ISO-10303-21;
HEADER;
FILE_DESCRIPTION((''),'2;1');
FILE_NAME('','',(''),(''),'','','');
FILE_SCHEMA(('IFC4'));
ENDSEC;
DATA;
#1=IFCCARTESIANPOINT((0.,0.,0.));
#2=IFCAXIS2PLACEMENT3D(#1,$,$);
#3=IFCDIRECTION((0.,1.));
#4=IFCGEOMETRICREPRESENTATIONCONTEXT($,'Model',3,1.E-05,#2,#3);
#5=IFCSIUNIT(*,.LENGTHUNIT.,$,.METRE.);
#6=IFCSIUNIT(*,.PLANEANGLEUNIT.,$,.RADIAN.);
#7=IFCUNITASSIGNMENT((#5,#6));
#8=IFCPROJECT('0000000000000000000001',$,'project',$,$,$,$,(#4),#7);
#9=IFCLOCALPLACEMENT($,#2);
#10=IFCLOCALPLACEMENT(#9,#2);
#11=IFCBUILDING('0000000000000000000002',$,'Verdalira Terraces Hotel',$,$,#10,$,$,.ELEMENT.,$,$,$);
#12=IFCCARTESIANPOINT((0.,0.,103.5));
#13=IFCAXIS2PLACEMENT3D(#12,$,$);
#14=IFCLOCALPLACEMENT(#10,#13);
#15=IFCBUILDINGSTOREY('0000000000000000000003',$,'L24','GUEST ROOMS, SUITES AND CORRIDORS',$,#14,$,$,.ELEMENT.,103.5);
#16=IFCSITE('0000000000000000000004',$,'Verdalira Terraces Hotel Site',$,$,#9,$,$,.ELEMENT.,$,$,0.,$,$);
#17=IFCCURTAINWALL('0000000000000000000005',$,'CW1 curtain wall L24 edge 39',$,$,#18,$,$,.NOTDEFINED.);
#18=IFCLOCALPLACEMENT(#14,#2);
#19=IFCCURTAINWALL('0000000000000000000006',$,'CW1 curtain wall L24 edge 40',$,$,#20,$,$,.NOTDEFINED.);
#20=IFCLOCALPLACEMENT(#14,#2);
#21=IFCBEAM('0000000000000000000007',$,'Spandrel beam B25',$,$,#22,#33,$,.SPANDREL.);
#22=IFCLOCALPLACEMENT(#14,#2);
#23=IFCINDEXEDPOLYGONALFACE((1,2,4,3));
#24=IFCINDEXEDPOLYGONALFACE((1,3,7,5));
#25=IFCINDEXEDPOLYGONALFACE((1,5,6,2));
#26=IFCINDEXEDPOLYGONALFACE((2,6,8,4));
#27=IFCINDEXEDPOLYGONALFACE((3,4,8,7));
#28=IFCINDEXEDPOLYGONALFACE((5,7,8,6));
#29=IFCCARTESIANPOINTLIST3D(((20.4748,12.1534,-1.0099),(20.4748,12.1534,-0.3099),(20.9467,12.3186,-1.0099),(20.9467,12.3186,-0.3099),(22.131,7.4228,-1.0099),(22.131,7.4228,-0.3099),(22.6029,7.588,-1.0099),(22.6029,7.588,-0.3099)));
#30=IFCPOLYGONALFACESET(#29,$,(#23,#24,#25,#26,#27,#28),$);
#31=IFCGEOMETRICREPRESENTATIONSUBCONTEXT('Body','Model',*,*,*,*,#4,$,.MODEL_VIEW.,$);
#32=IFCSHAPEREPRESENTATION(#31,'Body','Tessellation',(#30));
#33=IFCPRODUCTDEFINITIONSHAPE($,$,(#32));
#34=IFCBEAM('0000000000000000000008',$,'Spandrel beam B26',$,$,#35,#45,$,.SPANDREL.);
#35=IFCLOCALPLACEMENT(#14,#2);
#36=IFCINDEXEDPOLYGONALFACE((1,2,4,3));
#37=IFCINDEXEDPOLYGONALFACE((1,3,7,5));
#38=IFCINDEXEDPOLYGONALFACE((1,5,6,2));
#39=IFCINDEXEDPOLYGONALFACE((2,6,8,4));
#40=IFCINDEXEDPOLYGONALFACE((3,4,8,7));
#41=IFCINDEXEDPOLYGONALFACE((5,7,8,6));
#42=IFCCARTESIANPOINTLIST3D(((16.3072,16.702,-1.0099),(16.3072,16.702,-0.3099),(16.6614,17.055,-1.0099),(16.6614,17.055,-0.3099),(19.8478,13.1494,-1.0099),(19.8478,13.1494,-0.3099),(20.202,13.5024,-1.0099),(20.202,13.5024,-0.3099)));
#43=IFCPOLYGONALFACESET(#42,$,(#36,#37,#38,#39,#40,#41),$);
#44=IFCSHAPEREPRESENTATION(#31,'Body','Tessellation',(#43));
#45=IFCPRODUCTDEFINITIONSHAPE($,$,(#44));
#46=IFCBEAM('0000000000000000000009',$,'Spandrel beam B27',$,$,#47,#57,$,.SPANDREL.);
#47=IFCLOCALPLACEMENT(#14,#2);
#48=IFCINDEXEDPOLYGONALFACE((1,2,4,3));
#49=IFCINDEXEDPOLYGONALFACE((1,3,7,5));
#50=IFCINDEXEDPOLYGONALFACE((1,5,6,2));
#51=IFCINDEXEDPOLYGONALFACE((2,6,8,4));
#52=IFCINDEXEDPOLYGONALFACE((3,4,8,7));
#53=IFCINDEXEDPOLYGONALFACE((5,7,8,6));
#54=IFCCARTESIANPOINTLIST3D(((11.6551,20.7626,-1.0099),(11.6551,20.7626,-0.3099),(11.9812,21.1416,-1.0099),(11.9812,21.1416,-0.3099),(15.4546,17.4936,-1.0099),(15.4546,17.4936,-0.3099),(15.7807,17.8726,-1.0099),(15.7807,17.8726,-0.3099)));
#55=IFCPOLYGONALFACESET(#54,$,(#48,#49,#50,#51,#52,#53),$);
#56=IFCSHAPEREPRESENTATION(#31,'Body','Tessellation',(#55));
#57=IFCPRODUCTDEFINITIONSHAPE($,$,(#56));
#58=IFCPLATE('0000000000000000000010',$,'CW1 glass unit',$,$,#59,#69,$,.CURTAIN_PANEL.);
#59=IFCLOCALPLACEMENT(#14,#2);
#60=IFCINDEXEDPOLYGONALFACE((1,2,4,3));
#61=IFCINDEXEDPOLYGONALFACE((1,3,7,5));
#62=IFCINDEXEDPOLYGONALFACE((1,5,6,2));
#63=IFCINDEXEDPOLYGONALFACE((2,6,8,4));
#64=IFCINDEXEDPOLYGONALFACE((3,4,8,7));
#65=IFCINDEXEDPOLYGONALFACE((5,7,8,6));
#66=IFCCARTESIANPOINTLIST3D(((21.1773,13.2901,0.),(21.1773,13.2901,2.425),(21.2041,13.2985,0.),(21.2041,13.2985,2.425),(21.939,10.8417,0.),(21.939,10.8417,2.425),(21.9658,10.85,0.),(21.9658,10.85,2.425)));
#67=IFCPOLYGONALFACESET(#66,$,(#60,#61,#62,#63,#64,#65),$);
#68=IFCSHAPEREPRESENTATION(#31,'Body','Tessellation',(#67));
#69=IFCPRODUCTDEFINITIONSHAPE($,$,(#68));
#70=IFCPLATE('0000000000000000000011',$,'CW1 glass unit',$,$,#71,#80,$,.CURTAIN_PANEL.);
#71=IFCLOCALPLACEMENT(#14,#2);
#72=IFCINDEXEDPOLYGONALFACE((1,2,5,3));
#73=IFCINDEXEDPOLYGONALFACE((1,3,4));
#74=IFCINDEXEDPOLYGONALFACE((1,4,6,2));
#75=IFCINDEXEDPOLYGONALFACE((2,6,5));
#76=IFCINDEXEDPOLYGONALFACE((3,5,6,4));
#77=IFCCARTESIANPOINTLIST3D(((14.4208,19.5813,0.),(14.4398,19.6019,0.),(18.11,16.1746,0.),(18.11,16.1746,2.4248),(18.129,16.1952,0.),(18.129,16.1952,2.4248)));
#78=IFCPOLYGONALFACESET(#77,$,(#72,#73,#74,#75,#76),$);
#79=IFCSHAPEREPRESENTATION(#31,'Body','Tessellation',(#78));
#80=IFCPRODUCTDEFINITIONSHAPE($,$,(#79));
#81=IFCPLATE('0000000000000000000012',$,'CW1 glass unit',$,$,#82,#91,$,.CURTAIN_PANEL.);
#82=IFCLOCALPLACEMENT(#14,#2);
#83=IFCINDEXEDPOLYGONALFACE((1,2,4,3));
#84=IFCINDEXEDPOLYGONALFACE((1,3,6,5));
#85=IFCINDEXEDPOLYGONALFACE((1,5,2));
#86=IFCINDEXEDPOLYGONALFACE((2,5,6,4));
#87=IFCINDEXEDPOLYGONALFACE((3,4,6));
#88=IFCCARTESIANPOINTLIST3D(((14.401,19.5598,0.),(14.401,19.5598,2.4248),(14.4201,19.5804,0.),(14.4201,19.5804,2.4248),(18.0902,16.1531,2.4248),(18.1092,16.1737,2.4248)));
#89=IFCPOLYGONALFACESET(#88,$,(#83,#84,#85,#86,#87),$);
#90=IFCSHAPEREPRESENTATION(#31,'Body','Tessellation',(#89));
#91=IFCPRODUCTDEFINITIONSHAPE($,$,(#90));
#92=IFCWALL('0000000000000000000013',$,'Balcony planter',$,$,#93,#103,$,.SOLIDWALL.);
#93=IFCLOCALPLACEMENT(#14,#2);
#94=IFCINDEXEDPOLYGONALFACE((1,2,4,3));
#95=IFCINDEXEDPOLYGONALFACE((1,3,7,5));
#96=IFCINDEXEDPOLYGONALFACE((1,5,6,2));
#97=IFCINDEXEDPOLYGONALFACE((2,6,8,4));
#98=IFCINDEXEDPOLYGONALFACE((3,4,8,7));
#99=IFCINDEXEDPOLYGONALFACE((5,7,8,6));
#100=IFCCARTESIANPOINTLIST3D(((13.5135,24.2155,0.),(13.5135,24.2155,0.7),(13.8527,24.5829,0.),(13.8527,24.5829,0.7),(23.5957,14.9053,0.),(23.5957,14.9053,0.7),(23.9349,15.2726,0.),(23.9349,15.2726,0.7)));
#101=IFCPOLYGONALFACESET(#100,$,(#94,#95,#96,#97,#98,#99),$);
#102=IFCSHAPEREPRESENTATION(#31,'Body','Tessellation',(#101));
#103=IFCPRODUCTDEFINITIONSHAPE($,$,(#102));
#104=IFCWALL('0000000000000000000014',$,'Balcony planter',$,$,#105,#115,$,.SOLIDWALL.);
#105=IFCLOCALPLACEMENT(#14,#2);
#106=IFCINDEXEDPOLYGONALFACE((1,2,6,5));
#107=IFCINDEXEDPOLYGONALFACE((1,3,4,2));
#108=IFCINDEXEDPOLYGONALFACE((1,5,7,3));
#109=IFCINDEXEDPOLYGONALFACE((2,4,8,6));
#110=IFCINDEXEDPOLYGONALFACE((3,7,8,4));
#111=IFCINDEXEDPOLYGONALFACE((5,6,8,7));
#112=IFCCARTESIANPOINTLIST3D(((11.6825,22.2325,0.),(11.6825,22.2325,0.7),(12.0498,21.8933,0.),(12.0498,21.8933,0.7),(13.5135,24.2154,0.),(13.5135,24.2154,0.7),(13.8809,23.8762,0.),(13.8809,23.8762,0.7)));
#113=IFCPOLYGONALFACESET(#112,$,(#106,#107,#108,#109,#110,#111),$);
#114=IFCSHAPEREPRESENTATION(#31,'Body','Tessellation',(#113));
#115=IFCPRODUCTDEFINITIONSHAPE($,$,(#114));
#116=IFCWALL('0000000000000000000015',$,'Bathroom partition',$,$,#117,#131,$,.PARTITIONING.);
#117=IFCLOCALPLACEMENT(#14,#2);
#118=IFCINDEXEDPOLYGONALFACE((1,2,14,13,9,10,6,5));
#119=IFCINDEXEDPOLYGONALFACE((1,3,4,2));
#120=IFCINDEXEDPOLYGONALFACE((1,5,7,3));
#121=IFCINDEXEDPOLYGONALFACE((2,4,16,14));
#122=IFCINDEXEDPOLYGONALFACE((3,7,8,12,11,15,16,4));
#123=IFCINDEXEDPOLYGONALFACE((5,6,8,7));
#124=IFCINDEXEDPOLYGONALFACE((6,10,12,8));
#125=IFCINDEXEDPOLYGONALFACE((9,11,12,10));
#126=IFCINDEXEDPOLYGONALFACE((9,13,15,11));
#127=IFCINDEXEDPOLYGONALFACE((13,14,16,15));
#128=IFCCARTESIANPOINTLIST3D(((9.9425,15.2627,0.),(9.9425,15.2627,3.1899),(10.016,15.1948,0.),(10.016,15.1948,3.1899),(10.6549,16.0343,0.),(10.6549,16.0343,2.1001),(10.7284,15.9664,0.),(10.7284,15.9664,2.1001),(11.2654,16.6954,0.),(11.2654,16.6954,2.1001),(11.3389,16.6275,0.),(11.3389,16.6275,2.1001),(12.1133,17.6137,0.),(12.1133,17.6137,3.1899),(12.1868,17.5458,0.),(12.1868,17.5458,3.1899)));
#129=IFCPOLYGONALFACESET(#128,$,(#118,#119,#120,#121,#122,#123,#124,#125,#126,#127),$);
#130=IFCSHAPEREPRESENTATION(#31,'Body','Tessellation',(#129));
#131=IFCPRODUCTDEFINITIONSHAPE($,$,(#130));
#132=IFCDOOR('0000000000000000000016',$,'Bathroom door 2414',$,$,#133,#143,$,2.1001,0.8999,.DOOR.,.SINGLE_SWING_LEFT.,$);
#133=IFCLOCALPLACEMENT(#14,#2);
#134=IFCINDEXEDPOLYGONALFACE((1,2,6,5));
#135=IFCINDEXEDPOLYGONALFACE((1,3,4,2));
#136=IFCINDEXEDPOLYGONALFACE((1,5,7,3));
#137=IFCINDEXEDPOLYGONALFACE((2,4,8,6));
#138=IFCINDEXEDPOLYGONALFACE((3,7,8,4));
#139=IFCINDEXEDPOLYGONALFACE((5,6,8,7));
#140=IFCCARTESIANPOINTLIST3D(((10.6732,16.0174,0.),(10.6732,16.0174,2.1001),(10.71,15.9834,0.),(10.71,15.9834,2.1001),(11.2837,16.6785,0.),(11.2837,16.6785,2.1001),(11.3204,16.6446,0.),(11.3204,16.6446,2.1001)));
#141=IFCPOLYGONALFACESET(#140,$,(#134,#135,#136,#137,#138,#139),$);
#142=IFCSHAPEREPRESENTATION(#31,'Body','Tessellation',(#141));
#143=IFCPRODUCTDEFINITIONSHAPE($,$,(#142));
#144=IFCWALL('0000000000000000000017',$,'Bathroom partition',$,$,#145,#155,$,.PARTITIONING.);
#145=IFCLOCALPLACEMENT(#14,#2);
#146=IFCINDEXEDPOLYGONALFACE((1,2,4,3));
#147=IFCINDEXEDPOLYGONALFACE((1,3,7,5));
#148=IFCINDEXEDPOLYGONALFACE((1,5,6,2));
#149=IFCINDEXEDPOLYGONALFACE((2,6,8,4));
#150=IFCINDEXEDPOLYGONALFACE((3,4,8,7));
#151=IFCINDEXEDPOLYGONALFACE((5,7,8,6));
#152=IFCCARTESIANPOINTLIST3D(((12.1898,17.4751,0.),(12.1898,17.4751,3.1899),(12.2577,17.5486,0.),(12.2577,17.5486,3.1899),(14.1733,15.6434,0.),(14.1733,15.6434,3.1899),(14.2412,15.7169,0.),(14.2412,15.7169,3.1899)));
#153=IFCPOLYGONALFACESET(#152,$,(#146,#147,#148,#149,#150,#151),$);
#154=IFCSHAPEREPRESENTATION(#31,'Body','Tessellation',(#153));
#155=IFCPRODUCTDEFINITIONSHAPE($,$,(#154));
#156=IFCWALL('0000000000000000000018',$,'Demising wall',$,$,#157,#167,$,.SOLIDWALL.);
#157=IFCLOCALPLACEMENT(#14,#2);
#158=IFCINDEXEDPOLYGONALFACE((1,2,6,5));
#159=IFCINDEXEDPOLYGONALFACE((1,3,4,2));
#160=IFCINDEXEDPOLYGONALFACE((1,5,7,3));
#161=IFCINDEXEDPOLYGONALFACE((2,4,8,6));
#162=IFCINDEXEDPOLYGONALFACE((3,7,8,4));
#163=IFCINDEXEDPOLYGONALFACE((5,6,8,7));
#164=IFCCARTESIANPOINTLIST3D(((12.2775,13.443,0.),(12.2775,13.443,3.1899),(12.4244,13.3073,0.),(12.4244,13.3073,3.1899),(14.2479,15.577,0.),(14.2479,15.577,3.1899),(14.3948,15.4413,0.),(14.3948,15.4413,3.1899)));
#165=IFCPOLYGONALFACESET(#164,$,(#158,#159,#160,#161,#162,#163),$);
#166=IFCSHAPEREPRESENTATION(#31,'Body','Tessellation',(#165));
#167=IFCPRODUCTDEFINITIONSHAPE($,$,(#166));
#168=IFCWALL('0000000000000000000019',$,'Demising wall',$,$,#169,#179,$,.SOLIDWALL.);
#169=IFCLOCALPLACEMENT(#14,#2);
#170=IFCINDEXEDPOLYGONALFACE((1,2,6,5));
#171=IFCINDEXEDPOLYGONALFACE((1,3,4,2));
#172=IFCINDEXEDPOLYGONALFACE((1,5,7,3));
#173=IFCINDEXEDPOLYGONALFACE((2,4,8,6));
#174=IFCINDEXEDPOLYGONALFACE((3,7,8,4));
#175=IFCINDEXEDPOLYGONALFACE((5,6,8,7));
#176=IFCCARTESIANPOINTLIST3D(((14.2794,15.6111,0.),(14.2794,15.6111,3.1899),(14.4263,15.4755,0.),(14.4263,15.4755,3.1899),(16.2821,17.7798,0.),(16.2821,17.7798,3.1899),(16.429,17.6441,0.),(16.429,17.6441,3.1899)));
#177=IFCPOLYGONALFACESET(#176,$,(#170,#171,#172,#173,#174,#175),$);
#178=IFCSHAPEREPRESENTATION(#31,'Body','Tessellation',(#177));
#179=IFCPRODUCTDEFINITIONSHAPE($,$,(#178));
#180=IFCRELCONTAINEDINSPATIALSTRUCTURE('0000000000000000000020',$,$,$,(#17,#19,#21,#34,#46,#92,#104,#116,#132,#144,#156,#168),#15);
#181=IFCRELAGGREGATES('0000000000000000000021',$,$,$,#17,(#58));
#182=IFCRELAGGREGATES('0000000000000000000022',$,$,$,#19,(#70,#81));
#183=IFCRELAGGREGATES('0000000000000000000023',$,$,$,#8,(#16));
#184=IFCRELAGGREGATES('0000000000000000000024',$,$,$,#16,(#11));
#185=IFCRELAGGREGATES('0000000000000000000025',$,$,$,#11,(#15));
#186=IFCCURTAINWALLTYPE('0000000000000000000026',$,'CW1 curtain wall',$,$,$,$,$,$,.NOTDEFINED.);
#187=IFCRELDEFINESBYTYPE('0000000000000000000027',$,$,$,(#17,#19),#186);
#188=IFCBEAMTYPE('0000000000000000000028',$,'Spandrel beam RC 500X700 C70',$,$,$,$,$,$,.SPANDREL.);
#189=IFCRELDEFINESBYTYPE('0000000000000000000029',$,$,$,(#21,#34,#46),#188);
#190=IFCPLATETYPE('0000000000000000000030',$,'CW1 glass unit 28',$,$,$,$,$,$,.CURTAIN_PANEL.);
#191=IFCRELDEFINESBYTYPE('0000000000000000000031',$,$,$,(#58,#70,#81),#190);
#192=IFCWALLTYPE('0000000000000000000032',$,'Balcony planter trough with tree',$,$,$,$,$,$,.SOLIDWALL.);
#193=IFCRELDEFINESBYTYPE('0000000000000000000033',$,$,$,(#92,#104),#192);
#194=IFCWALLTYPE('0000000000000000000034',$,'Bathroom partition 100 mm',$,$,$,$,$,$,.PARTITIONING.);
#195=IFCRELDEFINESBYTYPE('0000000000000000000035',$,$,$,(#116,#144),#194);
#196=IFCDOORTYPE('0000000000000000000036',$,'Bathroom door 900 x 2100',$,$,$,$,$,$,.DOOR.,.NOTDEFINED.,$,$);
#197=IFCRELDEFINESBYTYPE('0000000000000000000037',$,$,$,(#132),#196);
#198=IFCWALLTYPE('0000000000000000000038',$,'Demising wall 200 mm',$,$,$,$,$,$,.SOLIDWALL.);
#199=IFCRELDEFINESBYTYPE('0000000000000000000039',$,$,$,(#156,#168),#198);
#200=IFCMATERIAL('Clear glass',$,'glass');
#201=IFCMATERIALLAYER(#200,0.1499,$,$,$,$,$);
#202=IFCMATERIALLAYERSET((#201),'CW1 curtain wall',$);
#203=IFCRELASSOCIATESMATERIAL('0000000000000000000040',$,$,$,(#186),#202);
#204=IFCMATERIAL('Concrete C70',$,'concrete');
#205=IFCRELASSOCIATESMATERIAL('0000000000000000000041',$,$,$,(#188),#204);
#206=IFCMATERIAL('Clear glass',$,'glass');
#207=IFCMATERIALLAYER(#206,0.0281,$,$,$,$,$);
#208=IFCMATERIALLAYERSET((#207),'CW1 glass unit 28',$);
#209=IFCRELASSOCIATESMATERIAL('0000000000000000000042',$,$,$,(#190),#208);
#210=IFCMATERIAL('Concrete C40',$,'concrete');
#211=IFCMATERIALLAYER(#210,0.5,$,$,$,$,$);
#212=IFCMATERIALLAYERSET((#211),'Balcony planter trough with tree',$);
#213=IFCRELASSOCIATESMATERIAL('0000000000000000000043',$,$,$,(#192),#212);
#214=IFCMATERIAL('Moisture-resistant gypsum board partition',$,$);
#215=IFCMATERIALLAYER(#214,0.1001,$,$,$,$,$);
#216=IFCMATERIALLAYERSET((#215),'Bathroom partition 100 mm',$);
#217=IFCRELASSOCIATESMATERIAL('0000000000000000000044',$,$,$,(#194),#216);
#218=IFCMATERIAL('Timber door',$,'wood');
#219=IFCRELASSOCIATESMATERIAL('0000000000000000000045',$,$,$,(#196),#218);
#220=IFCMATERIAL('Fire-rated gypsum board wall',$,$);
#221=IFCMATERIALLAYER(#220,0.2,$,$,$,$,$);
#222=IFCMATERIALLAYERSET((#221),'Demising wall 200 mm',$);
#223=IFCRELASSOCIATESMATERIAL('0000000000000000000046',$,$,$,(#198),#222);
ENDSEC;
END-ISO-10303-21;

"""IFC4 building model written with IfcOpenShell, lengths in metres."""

from ifc_helpers import new_model, si_unit, direction, frame, frame_2d, origin, origin_2d, place, context, subcontext, project, spatial, polyline, rectangle, outline, extrude, material, layer, layer_set, material_profile, profile_set, type_object, element, fill, aggregate, save


model = new_model("IFC4")

# Units and contexts
model_context = context("Model", 3, precision=1e-05, world=origin(), true_north=direction((0.0, 1.0)))
body_context = subcontext(model_context, "Body", "Model", "MODEL_VIEW")
ifc_project = project(units=[si_unit("LENGTHUNIT", "METRE"), si_unit("PLANEANGLEUNIT", "RADIAN")], contexts=[model_context])

# Site, building, storey
site_placement = place(None, origin())
site = spatial("IfcSite", under=ifc_project, at=site_placement, Name="Verdalira Terraces Hotel Site", CompositionType="ELEMENT", RefElevation=0.0)
building_placement = place(site_placement, origin())
building = spatial("IfcBuilding", under=site, at=building_placement, Name="Verdalira Terraces Hotel", CompositionType="ELEMENT")
storey_placement = place(building_placement, frame((0.0, 0.0, 103.5)))
storey = spatial("IfcBuildingStorey", under=building, at=storey_placement, Name="L24", Description="GUEST ROOMS, SUITES AND CORRIDORS", CompositionType="ELEMENT", Elevation=103.5)

# Curtain wall
ifc_material_1 = material(Name="Clear glass", Category="glass")
ifc_layer_1 = layer(ifc_material_1, 0.1499)
ifc_layer_set_1 = layer_set([ifc_layer_1], Name="CW1 curtain wall")
curtain_wall_type = type_object("IfcCurtainWallType", Name="CW1 curtain wall", PredefinedType="NOTDEFINED", material=ifc_layer_set_1)
curtain_wall_1_placement = place(storey_placement, origin())
curtain_wall_1 = element("IfcCurtainWall", 1, at=curtain_wall_1_placement, inside=storey, type_object=curtain_wall_type, Name="CW1 curtain wall L24 edge 39", PredefinedType="NOTDEFINED")

# Curtain wall
curtain_wall_2_placement = place(storey_placement, origin())
curtain_wall_2 = element("IfcCurtainWall", 2, at=curtain_wall_2_placement, inside=storey, type_object=curtain_wall_type, Name="CW1 curtain wall L24 edge 40", PredefinedType="NOTDEFINED")

# Beams
ifc_material_2 = material(Name="Concrete C70", Category="concrete")
ifc_material_profile_1 = material_profile(ifc_material_2, rectangle(XDim=0.5, YDim=0.7, at=origin_2d()), Name="RC 500X700")
ifc_profile_set_1 = profile_set([ifc_material_profile_1], Name="Concrete C70")
beam_type_1 = type_object("IfcBeamType", Name="Spandrel beam RC 500X700 C70", PredefinedType="SPANDREL", material=ifc_profile_set_1)
beam_1_placement = place(storey_placement, frame((22.3669, 7.5054, -0.6599), z_axis=(-0.330439, 0.943827, 0.0), x_axis=(-0.943827, -0.330439, 0.0)))
element("IfcBeam", 3, at=beam_1_placement, inside=storey, type_object=beam_type_1, Name="Spandrel beam B25", PredefinedType="SPANDREL", context=body_context, shape_type="SweptSolid", body=[
    extrude(rectangle(XDim=0.5, YDim=0.7, at=origin_2d()), origin(), (0.0, 0.0, 1.0), 5.0122),
])
beam_2_placement = place(storey_placement, frame((20.0249, 13.3259, -0.6599), z_axis=(-0.705913, 0.708298, 0.0), x_axis=(-0.708298, -0.705913, 0.0)))
element("IfcBeam", 4, at=beam_2_placement, inside=storey, type_object=beam_type_1, Name="Spandrel beam B26", PredefinedType="SPANDREL", context=body_context, shape_type="SweptSolid", body=[
    extrude(rectangle(XDim=0.5, YDim=0.7, at=origin_2d()), origin(), (0.0, 0.0, 1.0), 5.0156),
])
beam_3_placement = place(storey_placement, frame((15.6177, 17.6831, -0.6599), z_axis=(-0.758045, 0.652202, 0.0), x_axis=(-0.652202, -0.758045, 0.0)))
element("IfcBeam", 5, at=beam_3_placement, inside=storey, type_object=beam_type_1, Name="Spandrel beam B27", PredefinedType="SPANDREL", context=body_context, shape_type="SweptSolid", body=[
    extrude(rectangle(XDim=0.5, YDim=0.7, at=origin_2d()), origin(), (0.0, 0.0, 1.0), 5.0122),
])

# Plates
ifc_material_3 = material(Name="Clear glass", Category="glass")
ifc_layer_2 = layer(ifc_material_3, 0.0281)
ifc_layer_set_2 = layer_set([ifc_layer_2], Name="CW1 glass unit 28")
plate_type = type_object("IfcPlateType", Name="CW1 glass unit 28", PredefinedType="CURTAIN_PANEL", material=ifc_layer_set_2)
plate_1_placement = place(storey_placement, frame((21.5715, 12.0701, 0.0), z_axis=(0.0, 0.0, 1.0), x_axis=(-0.297042, 0.954865, 0.0)))
plate_1 = element("IfcPlate", 6, at=plate_1_placement, type_object=plate_type, Name="CW1 glass unit", PredefinedType="CURTAIN_PANEL", context=body_context, shape_type="SweptSolid", body=[
    extrude(rectangle(XDim=2.5642, YDim=0.0281, at=origin_2d()), origin(), (0.0, 0.0, 1.0), 2.425),
])
aggregate(curtain_wall_1, [plate_1])
plate_2_placement = place(storey_placement, frame((16.2654, 17.8779, 1.2124), z_axis=(0.678416, 0.734678, 0.0), x_axis=(-0.734678, 0.678416, 0.0)))
plate_2 = element("IfcPlate", 7, at=plate_2_placement, type_object=plate_type, Name="CW1 glass unit", PredefinedType="CURTAIN_PANEL", context=body_context, shape_type="SweptSolid", body=[
    extrude(outline(polyline([(-2.5107, -1.2124), (2.5107, -1.2124), (-2.5107, 1.2124), (-2.5107, -1.2124)])), origin(), (0.0, 0.0, 1.0), 0.0281),
])
plate_3_placement = place(storey_placement, frame((16.2456, 17.8564, 1.2124), z_axis=(0.678416, 0.734678, 0.0), x_axis=(-0.734678, 0.678416, 0.0)))
plate_3 = element("IfcPlate", 8, at=plate_3_placement, type_object=plate_type, Name="CW1 glass unit", PredefinedType="CURTAIN_PANEL", context=body_context, shape_type="SweptSolid", body=[
    extrude(outline(polyline([(2.5107, -1.2124), (2.5107, 1.2124), (-2.5107, 1.2124), (2.5107, -1.2124)])), origin(), (0.0, 0.0, 1.0), 0.0281),
])
aggregate(curtain_wall_2, [plate_2, plate_3])

# Walls
ifc_material_4 = material(Name="Concrete C40", Category="concrete")
ifc_layer_3 = layer(ifc_material_4, 0.5)
ifc_layer_set_3 = layer_set([ifc_layer_3], Name="Balcony planter trough with tree")
wall_type_1 = type_object("IfcWallType", Name="Balcony planter trough with tree", PredefinedType="SOLIDWALL", material=ifc_layer_set_3)
wall_1_placement = place(storey_placement, frame((23.7654, 15.0889, 0.0), z_axis=(0.0, 0.0, 1.0), x_axis=(-0.734673, 0.678421, 0.0)))
element("IfcWall", 9, at=wall_1_placement, inside=storey, type_object=wall_type_1, Name="Balcony planter", PredefinedType="SOLIDWALL", context=body_context, shape_type="SweptSolid", body=[
    extrude(rectangle(XDim=13.7234, YDim=0.5, at=frame_2d((6.8618, 0.0))), origin(), (0.0, 0.0, 1.0), 0.7),
])
wall_2_placement = place(storey_placement, frame((13.6973, 24.0459, 0.0), z_axis=(0.0, 0.0, 1.0), x_axis=(-0.678415, -0.734679, 0.0)))
element("IfcWall", 10, at=wall_2_placement, inside=storey, type_object=wall_type_1, Name="Balcony planter", PredefinedType="SOLIDWALL", context=body_context, shape_type="SweptSolid", body=[
    extrude(rectangle(XDim=2.699, YDim=0.5, at=frame_2d((1.3496, 0.0))), origin(), (0.0, 0.0, 1.0), 0.7),
])

# Wall, opening, door
ifc_material_5 = material(Name="Moisture-resistant gypsum board partition")
ifc_layer_4 = layer(ifc_material_5, 0.1001)
ifc_layer_set_4 = layer_set([ifc_layer_4], Name="Bathroom partition 100 mm")
wall_type_2 = type_object("IfcWallType", Name="Bathroom partition 100 mm", PredefinedType="PARTITIONING", material=ifc_layer_set_4)
wall_3_placement = place(storey_placement, frame((12.1501, 17.5798, 0.0), z_axis=(0.0, 0.0, 1.0), x_axis=(-0.678394, -0.734698, 0.0)))
wall_3 = element("IfcWall", 11, at=wall_3_placement, inside=storey, type_object=wall_type_2, Name="Bathroom partition", PredefinedType="PARTITIONING", context=body_context, shape_type="SweptSolid", body=[
    extrude(rectangle(XDim=3.2, YDim=0.1001, at=frame_2d((1.6001, 0.0))), origin(), (0.0, 0.0, 1.0), 3.1899),
])
opening_1_placement = place(wall_3_placement, frame((1.25, 0.0, 0.0)))
opening_1 = element("IfcOpeningElement", 12, at=opening_1_placement, cuts=wall_3, PredefinedType="OPENING", context=body_context, shape_type="SweptSolid", body=[
    extrude(rectangle(XDim=0.8999, YDim=2.1001, at=frame_2d((0.45, 1.05))), frame((0.0, 0.0601, 0.0), z_axis=(0.0, -1.0, 0.0), x_axis=(1.0, 0.0, 0.0)), (0.0, 0.0, 1.0), 0.1201),
])
ifc_material_6 = material(Name="Timber door", Category="wood")
door_type_1 = type_object("IfcDoorType", Name="Bathroom door 900 x 2100", OperationType="NOTDEFINED", PredefinedType="DOOR", material=ifc_material_6)
door_1_placement = place(opening_1_placement, origin())
door_1 = element("IfcDoor", 13, at=door_1_placement, inside=storey, type_object=door_type_1, Name="Bathroom door 2414", OperationType="SINGLE_SWING_LEFT", OverallHeight=2.1001, OverallWidth=0.8999, PredefinedType="DOOR", context=body_context, shape_type="SweptSolid", body=[
    extrude(rectangle(XDim=0.8999, YDim=2.1001, at=frame_2d((0.45, 1.05))), frame((0.0, 0.0249, 0.0), z_axis=(0.0, -1.0, 0.0), x_axis=(1.0, 0.0, 0.0)), (0.0, 0.0, 1.0), 0.05),
])
fill(opening_1, door_1)

# Walls
wall_4_placement = place(storey_placement, frame((12.2236, 17.512, 0.0), z_axis=(0.0, 0.0, 1.0), x_axis=(0.734668, -0.678427, 0.0)))
element("IfcWall", 14, at=wall_4_placement, inside=storey, type_object=wall_type_2, Name="Bathroom partition", PredefinedType="PARTITIONING", context=body_context, shape_type="SweptSolid", body=[
    extrude(rectangle(XDim=2.7, YDim=0.1001, at=frame_2d((1.3501, 0.0))), origin(), (0.0, 0.0, 1.0), 3.1899),
])
ifc_material_7 = material(Name="Fire-rated gypsum board wall")
ifc_layer_5 = layer(ifc_material_7, 0.2)
ifc_layer_set_5 = layer_set([ifc_layer_5], Name="Demising wall 200 mm")
wall_type_3 = type_object("IfcWallType", Name="Demising wall 200 mm", PredefinedType="SOLIDWALL", material=ifc_layer_set_5)
wall_5_placement = place(storey_placement, frame((12.3511, 13.3752, 0.0), z_axis=(0.0, 0.0, 1.0), x_axis=(0.678388, 0.734704, 0.0)))
element("IfcWall", 15, at=wall_5_placement, inside=storey, type_object=wall_type_3, Name="Demising wall", PredefinedType="SOLIDWALL", context=body_context, shape_type="SweptSolid", body=[
    extrude(rectangle(XDim=2.9045, YDim=0.2, at=frame_2d((1.4521, 0.0))), origin(), (0.0, 0.0, 1.0), 3.1899),
])
wall_6_placement = place(storey_placement, frame((14.3528, 15.5432, 0.0), z_axis=(0.0, 0.0, 1.0), x_axis=(0.678428, 0.734667, 0.0)))
element("IfcWall", 16, at=wall_6_placement, inside=storey, type_object=wall_type_3, Name="Demising wall", PredefinedType="SOLIDWALL", context=body_context, shape_type="SweptSolid", body=[
    extrude(rectangle(XDim=2.9519, YDim=0.2, at=frame_2d((1.4761, 0.0))), origin(), (0.0, 0.0, 1.0), 3.1899),
])

save(model, "model.ifc")
